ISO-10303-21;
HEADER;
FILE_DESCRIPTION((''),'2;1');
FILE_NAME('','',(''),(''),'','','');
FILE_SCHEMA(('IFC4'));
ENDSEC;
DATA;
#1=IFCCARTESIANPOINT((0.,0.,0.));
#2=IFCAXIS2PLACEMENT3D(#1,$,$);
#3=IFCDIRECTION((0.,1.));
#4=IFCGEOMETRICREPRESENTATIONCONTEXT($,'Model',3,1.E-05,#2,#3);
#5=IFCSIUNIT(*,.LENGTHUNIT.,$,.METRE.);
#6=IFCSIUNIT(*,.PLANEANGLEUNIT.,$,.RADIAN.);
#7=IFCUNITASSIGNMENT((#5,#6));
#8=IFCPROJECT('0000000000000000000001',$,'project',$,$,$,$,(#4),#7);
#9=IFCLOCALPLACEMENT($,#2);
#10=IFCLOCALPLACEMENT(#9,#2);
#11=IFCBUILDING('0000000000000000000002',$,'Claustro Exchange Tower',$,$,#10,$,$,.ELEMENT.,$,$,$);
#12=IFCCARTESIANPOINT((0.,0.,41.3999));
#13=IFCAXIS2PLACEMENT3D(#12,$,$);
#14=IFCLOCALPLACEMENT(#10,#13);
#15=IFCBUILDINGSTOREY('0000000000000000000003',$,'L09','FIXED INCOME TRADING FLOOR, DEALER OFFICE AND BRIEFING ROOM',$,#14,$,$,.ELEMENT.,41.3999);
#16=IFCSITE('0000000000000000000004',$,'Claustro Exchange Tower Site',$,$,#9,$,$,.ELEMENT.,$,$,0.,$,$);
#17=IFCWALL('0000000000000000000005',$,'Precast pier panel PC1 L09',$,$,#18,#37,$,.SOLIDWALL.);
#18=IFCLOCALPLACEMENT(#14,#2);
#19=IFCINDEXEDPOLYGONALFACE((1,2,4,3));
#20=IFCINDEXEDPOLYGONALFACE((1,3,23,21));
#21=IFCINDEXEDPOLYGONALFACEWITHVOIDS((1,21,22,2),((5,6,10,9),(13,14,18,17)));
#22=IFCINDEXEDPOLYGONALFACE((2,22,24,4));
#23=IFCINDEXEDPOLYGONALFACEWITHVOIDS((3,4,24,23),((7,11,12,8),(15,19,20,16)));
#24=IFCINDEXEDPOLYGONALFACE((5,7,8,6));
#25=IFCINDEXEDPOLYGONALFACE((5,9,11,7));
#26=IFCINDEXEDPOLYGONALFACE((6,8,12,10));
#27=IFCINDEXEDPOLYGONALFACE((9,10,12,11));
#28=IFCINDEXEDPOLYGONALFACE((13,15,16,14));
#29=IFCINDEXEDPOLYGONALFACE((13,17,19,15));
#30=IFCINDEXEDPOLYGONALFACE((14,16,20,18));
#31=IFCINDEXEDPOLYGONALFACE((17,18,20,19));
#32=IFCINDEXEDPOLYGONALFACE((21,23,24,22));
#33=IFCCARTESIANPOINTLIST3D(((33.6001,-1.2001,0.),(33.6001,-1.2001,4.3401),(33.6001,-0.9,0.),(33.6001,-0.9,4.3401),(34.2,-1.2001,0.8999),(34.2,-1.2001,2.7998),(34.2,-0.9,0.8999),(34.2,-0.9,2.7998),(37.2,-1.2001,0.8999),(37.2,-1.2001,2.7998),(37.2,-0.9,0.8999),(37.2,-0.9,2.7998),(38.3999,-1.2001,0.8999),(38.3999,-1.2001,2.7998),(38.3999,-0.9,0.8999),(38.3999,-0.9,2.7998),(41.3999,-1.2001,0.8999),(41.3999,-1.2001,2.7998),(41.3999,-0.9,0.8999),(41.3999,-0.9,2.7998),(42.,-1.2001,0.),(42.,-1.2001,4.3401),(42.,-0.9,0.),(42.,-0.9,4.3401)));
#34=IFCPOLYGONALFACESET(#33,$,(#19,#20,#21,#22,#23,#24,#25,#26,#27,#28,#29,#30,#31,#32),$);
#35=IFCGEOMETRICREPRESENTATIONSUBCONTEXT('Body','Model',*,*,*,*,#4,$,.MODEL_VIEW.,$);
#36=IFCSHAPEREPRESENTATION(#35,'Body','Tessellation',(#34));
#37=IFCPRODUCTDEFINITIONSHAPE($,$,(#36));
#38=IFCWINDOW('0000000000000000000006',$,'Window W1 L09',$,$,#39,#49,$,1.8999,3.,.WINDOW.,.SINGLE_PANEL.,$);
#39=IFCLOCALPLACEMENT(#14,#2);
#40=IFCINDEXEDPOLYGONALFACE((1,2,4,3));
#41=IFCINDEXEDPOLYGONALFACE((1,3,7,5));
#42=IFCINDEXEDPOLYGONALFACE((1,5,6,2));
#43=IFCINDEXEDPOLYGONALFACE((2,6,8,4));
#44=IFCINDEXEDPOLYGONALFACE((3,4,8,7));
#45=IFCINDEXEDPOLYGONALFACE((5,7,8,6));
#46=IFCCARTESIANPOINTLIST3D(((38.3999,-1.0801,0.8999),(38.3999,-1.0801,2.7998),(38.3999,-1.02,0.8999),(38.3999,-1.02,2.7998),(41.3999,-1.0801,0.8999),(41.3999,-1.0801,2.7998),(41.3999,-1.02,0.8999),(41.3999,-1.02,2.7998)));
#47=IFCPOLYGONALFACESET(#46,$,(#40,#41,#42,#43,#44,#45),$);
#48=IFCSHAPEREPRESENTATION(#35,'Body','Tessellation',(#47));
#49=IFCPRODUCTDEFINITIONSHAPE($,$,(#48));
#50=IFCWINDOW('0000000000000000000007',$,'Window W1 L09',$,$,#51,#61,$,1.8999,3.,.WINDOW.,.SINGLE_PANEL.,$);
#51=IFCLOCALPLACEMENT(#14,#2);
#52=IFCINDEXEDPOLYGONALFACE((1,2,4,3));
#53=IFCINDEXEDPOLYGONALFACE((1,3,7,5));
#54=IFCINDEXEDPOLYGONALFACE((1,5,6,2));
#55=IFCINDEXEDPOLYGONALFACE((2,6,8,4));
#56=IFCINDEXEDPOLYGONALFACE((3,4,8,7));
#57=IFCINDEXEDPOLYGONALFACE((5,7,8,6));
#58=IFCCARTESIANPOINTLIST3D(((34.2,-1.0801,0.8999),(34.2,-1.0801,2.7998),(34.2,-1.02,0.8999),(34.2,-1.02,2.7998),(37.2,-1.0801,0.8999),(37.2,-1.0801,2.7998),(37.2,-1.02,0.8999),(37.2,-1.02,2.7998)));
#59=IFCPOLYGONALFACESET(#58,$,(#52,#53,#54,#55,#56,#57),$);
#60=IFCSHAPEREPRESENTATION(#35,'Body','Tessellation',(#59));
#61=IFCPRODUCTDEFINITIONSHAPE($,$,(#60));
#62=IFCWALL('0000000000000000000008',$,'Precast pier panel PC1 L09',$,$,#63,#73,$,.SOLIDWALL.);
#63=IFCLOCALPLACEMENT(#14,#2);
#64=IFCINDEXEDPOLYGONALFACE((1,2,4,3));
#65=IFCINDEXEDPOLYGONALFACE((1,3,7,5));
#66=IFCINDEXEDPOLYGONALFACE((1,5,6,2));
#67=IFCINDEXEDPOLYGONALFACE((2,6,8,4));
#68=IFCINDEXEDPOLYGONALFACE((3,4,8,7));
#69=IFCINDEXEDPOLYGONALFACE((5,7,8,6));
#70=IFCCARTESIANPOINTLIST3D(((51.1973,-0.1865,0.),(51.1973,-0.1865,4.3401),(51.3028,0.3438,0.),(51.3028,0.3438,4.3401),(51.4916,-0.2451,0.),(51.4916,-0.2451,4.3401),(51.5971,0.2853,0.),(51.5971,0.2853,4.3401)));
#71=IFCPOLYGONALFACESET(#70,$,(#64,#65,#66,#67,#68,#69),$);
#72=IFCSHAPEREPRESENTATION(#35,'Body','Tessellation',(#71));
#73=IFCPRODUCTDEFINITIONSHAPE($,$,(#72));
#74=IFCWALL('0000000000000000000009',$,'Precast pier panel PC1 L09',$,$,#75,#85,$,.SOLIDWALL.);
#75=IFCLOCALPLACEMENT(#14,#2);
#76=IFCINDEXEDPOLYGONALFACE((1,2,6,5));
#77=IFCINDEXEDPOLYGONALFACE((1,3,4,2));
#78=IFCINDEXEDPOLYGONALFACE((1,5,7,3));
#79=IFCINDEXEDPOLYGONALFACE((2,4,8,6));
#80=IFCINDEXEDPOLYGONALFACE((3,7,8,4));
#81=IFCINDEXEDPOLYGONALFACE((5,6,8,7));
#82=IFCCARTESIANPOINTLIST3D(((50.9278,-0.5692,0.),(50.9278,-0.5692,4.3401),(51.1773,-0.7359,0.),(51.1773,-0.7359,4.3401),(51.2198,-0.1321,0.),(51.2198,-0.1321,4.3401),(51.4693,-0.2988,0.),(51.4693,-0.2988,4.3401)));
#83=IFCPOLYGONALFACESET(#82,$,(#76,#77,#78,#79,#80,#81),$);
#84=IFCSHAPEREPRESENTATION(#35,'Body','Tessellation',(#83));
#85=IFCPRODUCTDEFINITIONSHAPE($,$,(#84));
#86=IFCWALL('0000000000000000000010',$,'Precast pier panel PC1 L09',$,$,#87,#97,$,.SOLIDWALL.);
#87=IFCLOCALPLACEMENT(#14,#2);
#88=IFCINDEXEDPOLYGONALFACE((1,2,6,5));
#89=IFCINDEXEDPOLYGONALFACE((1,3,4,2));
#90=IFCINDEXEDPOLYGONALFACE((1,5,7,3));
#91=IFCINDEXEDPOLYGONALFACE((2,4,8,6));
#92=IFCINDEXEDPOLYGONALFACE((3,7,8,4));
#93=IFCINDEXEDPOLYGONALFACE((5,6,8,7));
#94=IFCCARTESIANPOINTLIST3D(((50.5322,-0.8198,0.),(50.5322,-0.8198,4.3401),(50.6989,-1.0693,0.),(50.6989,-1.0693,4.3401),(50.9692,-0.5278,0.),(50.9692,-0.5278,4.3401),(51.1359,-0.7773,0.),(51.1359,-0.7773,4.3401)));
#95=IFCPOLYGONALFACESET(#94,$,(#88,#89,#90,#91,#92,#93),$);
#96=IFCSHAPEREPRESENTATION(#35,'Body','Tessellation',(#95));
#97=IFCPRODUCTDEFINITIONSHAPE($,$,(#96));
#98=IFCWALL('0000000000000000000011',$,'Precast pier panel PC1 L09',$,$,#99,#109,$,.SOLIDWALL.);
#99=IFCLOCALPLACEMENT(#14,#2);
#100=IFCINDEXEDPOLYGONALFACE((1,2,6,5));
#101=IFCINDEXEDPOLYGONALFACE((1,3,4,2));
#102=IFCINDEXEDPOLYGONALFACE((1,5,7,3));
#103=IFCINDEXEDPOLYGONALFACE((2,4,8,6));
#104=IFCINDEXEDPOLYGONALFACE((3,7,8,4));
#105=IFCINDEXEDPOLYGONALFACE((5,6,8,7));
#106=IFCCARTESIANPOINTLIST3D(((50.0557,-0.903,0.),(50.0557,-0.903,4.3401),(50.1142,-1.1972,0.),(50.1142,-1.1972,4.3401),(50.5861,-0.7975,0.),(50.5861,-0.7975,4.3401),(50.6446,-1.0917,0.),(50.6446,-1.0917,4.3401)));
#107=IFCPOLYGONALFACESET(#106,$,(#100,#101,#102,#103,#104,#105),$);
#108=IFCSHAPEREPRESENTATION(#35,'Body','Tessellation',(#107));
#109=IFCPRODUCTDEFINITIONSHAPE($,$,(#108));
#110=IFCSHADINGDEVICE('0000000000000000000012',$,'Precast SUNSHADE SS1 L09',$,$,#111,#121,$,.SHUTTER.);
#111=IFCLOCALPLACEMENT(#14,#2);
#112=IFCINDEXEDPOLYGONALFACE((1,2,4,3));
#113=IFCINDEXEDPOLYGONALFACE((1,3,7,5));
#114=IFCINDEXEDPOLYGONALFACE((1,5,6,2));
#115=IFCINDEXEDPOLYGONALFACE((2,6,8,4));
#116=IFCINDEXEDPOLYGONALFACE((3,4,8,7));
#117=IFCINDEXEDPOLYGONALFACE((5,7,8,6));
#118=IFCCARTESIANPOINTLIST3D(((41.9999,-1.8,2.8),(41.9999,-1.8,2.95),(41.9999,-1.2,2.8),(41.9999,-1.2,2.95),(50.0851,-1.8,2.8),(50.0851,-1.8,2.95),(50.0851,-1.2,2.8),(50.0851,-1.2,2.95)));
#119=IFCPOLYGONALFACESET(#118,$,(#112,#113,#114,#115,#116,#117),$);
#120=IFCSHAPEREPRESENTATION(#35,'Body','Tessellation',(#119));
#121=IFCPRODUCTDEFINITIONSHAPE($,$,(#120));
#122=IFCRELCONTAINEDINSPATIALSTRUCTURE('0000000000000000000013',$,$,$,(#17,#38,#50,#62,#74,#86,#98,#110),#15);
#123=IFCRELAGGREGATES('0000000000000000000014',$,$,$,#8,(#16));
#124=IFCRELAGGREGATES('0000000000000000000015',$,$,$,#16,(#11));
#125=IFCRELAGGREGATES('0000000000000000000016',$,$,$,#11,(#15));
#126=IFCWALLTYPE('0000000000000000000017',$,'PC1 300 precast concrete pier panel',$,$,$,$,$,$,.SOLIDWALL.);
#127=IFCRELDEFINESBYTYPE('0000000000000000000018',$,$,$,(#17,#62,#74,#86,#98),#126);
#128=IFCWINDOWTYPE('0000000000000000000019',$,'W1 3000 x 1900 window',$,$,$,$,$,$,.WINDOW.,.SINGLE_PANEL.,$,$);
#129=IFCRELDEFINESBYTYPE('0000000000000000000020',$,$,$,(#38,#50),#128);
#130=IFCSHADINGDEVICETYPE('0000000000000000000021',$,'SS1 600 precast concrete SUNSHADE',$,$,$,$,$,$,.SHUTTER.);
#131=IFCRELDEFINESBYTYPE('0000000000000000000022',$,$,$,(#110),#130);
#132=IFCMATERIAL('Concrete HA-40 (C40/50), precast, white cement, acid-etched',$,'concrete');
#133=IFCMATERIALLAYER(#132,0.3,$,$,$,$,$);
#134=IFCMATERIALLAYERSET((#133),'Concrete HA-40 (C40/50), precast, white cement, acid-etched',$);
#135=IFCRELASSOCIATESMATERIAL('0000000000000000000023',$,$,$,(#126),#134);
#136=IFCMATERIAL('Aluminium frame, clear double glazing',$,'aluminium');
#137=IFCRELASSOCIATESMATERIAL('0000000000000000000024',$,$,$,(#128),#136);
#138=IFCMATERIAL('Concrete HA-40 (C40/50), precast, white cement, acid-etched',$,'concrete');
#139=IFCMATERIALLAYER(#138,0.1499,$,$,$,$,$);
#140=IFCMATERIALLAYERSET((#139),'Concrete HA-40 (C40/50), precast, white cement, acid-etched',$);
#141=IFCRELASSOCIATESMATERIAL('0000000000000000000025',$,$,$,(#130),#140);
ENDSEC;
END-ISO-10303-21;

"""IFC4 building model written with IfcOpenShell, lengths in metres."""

from ifc_helpers import new_model, si_unit, direction, frame, frame_2d, origin, origin_2d, place, context, subcontext, project, spatial, rectangle, extrude, material, layer, layer_set, type_object, element, fill, save


model = new_model("IFC4")

# Units and contexts
model_context = context("Model", 3, precision=1e-05, world=origin(), true_north=direction((0.0, 1.0)))
body_context = subcontext(model_context, "Body", "Model", "MODEL_VIEW")
ifc_project = project(units=[si_unit("LENGTHUNIT", "METRE"), si_unit("PLANEANGLEUNIT", "RADIAN")], contexts=[model_context])

# Site, building, storey
site_placement = place(None, origin())
site = spatial("IfcSite", under=ifc_project, at=site_placement, Name="Claustro Exchange Tower Site", CompositionType="ELEMENT", RefElevation=0.0)
building_placement = place(site_placement, origin())
building = spatial("IfcBuilding", under=site, at=building_placement, Name="Claustro Exchange Tower", CompositionType="ELEMENT")
storey_placement = place(building_placement, frame((0.0, 0.0, 41.3999)))
storey = spatial("IfcBuildingStorey", under=building, at=storey_placement, Name="L09", Description="FIXED INCOME TRADING FLOOR, DEALER OFFICE AND BRIEFING ROOM", CompositionType="ELEMENT", Elevation=41.3999)

# Wall, openings, windows
ifc_material_1 = material(Name="Concrete HA-40 (C40/50), precast, white cement, acid-etched", Category="concrete")
ifc_layer_1 = layer(ifc_material_1, 0.3)
ifc_layer_set_1 = layer_set([ifc_layer_1], Name="Concrete HA-40 (C40/50), precast, white cement, acid-etched")
wall_type_1 = type_object("IfcWallType", Name="PC1 300 precast concrete pier panel", PredefinedType="SOLIDWALL", material=ifc_layer_set_1)
ifc_material_2 = material(Name="Aluminium frame, clear double glazing", Category="aluminium")
window_type = type_object("IfcWindowType", Name="W1 3000 x 1900 window", PartitioningType="SINGLE_PANEL", PredefinedType="WINDOW", material=ifc_material_2)
wall_1_placement = place(storey_placement, frame((42.0, -1.05, 0.0), z_axis=(0.0, 0.0, 1.0), x_axis=(-1.0, 0.0, 0.0)))
wall_1 = element("IfcWall", 1, at=wall_1_placement, inside=storey, type_object=wall_type_1, Name="Precast pier panel PC1 L09", PredefinedType="SOLIDWALL", context=body_context, shape_type="SweptSolid", body=[
    extrude(rectangle(XDim=8.3999, YDim=0.3, at=frame_2d((4.2, 0.0))), origin(), (0.0, 0.0, 1.0), 4.3401),
])
opening_1_placement = place(wall_1_placement, frame((0.6001, 0.0, 0.8999)))
opening_1 = element("IfcOpeningElement", 2, at=opening_1_placement, cuts=wall_1, PredefinedType="OPENING", context=body_context, shape_type="SweptSolid", body=[
    extrude(rectangle(XDim=3.0, YDim=1.8999, at=frame_2d((1.5, 0.95))), frame((0.0, 0.1599, 0.0), z_axis=(0.0, -1.0, 0.0), x_axis=(1.0, 0.0, 0.0)), (0.0, 0.0, 1.0), 0.3201),
])
opening_2_placement = place(wall_1_placement, frame((4.8, 0.0, 0.8999)))
opening_2 = element("IfcOpeningElement", 3, at=opening_2_placement, cuts=wall_1, PredefinedType="OPENING", context=body_context, shape_type="SweptSolid", body=[
    extrude(rectangle(XDim=3.0, YDim=1.8999, at=frame_2d((1.5, 0.95))), frame((0.0, 0.1599, 0.0), z_axis=(0.0, -1.0, 0.0), x_axis=(1.0, 0.0, 0.0)), (0.0, 0.0, 1.0), 0.3201),
])
window_1_placement = place(opening_1_placement, origin())
window_1 = element("IfcWindow", 4, at=window_1_placement, inside=storey, type_object=window_type, Name="Window W1 L09", OverallHeight=1.8999, OverallWidth=3.0, PartitioningType="SINGLE_PANEL", PredefinedType="WINDOW", context=body_context, shape_type="SweptSolid", body=[
    extrude(rectangle(XDim=3.0, YDim=1.8999, at=frame_2d((1.5, 0.95))), frame((0.0, 0.03, 0.0), z_axis=(0.0, -1.0, 0.0), x_axis=(1.0, 0.0, 0.0)), (0.0, 0.0, 1.0), 0.0601),
])
fill(opening_1, window_1)
window_2_placement = place(opening_2_placement, origin())
window_2 = element("IfcWindow", 5, at=window_2_placement, inside=storey, type_object=window_type, Name="Window W1 L09", OverallHeight=1.8999, OverallWidth=3.0, PartitioningType="SINGLE_PANEL", PredefinedType="WINDOW", context=body_context, shape_type="SweptSolid", body=[
    extrude(rectangle(XDim=3.0, YDim=1.8999, at=frame_2d((1.5, 0.95))), frame((0.0, 0.03, 0.0), z_axis=(0.0, -1.0, 0.0), x_axis=(1.0, 0.0, 0.0)), (0.0, 0.0, 1.0), 0.0601),
])
fill(opening_2, window_2)

# Walls
wall_2_placement = place(storey_placement, frame((51.45, 0.3147, 0.0), z_axis=(0.0, 0.0, 1.0), x_axis=(-0.195074, -0.980789, 0.0)))
element("IfcWall", 6, at=wall_2_placement, inside=storey, type_object=wall_type_1, Name="Precast pier panel PC1 L09", PredefinedType="SOLIDWALL", context=body_context, shape_type="SweptSolid", body=[
    extrude(rectangle(XDim=0.5408, YDim=0.3, at=frame_2d((0.2705, 0.0))), origin(), (0.0, 0.0, 1.0), 4.3401),
])
for number, where, z_axis, x_axis, name in (
    (7, (51.3445, -0.2156, 0.0), (0.0, 0.0, 1.0), (-0.555557, -0.831478, 0.0), "Precast pier panel PC1 L09"),
    (8, (51.0525, -0.6526, 0.0), (0.0, 0.0, 1.0), (-0.831478, -0.555557, 0.0), "Precast pier panel PC1 L09"),
):
    element("IfcWall", number, at=place(storey_placement, frame(where, z_axis=z_axis, x_axis=x_axis)), inside=storey, type_object=wall_type_1, Name=name, PredefinedType="SOLIDWALL", context=body_context, shape_type="SweptSolid", body=[
        extrude(rectangle(XDim=0.5256, YDim=0.3, at=frame_2d((0.2627, 0.0))), origin(), (0.0, 0.0, 1.0), 4.3401),
    ])
wall_3_placement = place(storey_placement, frame((50.6155, -0.9446, 0.0), z_axis=(0.0, 0.0, 1.0), x_axis=(-0.980789, -0.195074, 0.0)))
element("IfcWall", 9, at=wall_3_placement, inside=storey, type_object=wall_type_1, Name="Precast pier panel PC1 L09", PredefinedType="SOLIDWALL", context=body_context, shape_type="SweptSolid", body=[
    extrude(rectangle(XDim=0.5408, YDim=0.3, at=frame_2d((0.2705, 0.0))), origin(), (0.0, 0.0, 1.0), 4.3401),
])

# Shading device
ifc_material_3 = material(Name="Concrete HA-40 (C40/50), precast, white cement, acid-etched", Category="concrete")
ifc_layer_2 = layer(ifc_material_3, 0.1499)
ifc_layer_set_2 = layer_set([ifc_layer_2], Name="Concrete HA-40 (C40/50), precast, white cement, acid-etched")
shading_device_type = type_object("IfcShadingDeviceType", Name="SS1 600 precast concrete SUNSHADE", PredefinedType="SHUTTER", material=ifc_layer_set_2)
shading_device_placement = place(storey_placement, frame((46.0425, -1.5, 2.8), z_axis=(0.0, 0.0, 1.0), x_axis=(-1.0, 0.0, 0.0)))
element("IfcShadingDevice", 10, at=shading_device_placement, inside=storey, type_object=shading_device_type, Name="Precast SUNSHADE SS1 L09", PredefinedType="SHUTTER", context=body_context, shape_type="SweptSolid", body=[
    extrude(rectangle(XDim=8.0852, YDim=0.6001, at=origin_2d()), origin(), (0.0, 0.0, 1.0), 0.1499),
])

save(model, "model.ifc")
